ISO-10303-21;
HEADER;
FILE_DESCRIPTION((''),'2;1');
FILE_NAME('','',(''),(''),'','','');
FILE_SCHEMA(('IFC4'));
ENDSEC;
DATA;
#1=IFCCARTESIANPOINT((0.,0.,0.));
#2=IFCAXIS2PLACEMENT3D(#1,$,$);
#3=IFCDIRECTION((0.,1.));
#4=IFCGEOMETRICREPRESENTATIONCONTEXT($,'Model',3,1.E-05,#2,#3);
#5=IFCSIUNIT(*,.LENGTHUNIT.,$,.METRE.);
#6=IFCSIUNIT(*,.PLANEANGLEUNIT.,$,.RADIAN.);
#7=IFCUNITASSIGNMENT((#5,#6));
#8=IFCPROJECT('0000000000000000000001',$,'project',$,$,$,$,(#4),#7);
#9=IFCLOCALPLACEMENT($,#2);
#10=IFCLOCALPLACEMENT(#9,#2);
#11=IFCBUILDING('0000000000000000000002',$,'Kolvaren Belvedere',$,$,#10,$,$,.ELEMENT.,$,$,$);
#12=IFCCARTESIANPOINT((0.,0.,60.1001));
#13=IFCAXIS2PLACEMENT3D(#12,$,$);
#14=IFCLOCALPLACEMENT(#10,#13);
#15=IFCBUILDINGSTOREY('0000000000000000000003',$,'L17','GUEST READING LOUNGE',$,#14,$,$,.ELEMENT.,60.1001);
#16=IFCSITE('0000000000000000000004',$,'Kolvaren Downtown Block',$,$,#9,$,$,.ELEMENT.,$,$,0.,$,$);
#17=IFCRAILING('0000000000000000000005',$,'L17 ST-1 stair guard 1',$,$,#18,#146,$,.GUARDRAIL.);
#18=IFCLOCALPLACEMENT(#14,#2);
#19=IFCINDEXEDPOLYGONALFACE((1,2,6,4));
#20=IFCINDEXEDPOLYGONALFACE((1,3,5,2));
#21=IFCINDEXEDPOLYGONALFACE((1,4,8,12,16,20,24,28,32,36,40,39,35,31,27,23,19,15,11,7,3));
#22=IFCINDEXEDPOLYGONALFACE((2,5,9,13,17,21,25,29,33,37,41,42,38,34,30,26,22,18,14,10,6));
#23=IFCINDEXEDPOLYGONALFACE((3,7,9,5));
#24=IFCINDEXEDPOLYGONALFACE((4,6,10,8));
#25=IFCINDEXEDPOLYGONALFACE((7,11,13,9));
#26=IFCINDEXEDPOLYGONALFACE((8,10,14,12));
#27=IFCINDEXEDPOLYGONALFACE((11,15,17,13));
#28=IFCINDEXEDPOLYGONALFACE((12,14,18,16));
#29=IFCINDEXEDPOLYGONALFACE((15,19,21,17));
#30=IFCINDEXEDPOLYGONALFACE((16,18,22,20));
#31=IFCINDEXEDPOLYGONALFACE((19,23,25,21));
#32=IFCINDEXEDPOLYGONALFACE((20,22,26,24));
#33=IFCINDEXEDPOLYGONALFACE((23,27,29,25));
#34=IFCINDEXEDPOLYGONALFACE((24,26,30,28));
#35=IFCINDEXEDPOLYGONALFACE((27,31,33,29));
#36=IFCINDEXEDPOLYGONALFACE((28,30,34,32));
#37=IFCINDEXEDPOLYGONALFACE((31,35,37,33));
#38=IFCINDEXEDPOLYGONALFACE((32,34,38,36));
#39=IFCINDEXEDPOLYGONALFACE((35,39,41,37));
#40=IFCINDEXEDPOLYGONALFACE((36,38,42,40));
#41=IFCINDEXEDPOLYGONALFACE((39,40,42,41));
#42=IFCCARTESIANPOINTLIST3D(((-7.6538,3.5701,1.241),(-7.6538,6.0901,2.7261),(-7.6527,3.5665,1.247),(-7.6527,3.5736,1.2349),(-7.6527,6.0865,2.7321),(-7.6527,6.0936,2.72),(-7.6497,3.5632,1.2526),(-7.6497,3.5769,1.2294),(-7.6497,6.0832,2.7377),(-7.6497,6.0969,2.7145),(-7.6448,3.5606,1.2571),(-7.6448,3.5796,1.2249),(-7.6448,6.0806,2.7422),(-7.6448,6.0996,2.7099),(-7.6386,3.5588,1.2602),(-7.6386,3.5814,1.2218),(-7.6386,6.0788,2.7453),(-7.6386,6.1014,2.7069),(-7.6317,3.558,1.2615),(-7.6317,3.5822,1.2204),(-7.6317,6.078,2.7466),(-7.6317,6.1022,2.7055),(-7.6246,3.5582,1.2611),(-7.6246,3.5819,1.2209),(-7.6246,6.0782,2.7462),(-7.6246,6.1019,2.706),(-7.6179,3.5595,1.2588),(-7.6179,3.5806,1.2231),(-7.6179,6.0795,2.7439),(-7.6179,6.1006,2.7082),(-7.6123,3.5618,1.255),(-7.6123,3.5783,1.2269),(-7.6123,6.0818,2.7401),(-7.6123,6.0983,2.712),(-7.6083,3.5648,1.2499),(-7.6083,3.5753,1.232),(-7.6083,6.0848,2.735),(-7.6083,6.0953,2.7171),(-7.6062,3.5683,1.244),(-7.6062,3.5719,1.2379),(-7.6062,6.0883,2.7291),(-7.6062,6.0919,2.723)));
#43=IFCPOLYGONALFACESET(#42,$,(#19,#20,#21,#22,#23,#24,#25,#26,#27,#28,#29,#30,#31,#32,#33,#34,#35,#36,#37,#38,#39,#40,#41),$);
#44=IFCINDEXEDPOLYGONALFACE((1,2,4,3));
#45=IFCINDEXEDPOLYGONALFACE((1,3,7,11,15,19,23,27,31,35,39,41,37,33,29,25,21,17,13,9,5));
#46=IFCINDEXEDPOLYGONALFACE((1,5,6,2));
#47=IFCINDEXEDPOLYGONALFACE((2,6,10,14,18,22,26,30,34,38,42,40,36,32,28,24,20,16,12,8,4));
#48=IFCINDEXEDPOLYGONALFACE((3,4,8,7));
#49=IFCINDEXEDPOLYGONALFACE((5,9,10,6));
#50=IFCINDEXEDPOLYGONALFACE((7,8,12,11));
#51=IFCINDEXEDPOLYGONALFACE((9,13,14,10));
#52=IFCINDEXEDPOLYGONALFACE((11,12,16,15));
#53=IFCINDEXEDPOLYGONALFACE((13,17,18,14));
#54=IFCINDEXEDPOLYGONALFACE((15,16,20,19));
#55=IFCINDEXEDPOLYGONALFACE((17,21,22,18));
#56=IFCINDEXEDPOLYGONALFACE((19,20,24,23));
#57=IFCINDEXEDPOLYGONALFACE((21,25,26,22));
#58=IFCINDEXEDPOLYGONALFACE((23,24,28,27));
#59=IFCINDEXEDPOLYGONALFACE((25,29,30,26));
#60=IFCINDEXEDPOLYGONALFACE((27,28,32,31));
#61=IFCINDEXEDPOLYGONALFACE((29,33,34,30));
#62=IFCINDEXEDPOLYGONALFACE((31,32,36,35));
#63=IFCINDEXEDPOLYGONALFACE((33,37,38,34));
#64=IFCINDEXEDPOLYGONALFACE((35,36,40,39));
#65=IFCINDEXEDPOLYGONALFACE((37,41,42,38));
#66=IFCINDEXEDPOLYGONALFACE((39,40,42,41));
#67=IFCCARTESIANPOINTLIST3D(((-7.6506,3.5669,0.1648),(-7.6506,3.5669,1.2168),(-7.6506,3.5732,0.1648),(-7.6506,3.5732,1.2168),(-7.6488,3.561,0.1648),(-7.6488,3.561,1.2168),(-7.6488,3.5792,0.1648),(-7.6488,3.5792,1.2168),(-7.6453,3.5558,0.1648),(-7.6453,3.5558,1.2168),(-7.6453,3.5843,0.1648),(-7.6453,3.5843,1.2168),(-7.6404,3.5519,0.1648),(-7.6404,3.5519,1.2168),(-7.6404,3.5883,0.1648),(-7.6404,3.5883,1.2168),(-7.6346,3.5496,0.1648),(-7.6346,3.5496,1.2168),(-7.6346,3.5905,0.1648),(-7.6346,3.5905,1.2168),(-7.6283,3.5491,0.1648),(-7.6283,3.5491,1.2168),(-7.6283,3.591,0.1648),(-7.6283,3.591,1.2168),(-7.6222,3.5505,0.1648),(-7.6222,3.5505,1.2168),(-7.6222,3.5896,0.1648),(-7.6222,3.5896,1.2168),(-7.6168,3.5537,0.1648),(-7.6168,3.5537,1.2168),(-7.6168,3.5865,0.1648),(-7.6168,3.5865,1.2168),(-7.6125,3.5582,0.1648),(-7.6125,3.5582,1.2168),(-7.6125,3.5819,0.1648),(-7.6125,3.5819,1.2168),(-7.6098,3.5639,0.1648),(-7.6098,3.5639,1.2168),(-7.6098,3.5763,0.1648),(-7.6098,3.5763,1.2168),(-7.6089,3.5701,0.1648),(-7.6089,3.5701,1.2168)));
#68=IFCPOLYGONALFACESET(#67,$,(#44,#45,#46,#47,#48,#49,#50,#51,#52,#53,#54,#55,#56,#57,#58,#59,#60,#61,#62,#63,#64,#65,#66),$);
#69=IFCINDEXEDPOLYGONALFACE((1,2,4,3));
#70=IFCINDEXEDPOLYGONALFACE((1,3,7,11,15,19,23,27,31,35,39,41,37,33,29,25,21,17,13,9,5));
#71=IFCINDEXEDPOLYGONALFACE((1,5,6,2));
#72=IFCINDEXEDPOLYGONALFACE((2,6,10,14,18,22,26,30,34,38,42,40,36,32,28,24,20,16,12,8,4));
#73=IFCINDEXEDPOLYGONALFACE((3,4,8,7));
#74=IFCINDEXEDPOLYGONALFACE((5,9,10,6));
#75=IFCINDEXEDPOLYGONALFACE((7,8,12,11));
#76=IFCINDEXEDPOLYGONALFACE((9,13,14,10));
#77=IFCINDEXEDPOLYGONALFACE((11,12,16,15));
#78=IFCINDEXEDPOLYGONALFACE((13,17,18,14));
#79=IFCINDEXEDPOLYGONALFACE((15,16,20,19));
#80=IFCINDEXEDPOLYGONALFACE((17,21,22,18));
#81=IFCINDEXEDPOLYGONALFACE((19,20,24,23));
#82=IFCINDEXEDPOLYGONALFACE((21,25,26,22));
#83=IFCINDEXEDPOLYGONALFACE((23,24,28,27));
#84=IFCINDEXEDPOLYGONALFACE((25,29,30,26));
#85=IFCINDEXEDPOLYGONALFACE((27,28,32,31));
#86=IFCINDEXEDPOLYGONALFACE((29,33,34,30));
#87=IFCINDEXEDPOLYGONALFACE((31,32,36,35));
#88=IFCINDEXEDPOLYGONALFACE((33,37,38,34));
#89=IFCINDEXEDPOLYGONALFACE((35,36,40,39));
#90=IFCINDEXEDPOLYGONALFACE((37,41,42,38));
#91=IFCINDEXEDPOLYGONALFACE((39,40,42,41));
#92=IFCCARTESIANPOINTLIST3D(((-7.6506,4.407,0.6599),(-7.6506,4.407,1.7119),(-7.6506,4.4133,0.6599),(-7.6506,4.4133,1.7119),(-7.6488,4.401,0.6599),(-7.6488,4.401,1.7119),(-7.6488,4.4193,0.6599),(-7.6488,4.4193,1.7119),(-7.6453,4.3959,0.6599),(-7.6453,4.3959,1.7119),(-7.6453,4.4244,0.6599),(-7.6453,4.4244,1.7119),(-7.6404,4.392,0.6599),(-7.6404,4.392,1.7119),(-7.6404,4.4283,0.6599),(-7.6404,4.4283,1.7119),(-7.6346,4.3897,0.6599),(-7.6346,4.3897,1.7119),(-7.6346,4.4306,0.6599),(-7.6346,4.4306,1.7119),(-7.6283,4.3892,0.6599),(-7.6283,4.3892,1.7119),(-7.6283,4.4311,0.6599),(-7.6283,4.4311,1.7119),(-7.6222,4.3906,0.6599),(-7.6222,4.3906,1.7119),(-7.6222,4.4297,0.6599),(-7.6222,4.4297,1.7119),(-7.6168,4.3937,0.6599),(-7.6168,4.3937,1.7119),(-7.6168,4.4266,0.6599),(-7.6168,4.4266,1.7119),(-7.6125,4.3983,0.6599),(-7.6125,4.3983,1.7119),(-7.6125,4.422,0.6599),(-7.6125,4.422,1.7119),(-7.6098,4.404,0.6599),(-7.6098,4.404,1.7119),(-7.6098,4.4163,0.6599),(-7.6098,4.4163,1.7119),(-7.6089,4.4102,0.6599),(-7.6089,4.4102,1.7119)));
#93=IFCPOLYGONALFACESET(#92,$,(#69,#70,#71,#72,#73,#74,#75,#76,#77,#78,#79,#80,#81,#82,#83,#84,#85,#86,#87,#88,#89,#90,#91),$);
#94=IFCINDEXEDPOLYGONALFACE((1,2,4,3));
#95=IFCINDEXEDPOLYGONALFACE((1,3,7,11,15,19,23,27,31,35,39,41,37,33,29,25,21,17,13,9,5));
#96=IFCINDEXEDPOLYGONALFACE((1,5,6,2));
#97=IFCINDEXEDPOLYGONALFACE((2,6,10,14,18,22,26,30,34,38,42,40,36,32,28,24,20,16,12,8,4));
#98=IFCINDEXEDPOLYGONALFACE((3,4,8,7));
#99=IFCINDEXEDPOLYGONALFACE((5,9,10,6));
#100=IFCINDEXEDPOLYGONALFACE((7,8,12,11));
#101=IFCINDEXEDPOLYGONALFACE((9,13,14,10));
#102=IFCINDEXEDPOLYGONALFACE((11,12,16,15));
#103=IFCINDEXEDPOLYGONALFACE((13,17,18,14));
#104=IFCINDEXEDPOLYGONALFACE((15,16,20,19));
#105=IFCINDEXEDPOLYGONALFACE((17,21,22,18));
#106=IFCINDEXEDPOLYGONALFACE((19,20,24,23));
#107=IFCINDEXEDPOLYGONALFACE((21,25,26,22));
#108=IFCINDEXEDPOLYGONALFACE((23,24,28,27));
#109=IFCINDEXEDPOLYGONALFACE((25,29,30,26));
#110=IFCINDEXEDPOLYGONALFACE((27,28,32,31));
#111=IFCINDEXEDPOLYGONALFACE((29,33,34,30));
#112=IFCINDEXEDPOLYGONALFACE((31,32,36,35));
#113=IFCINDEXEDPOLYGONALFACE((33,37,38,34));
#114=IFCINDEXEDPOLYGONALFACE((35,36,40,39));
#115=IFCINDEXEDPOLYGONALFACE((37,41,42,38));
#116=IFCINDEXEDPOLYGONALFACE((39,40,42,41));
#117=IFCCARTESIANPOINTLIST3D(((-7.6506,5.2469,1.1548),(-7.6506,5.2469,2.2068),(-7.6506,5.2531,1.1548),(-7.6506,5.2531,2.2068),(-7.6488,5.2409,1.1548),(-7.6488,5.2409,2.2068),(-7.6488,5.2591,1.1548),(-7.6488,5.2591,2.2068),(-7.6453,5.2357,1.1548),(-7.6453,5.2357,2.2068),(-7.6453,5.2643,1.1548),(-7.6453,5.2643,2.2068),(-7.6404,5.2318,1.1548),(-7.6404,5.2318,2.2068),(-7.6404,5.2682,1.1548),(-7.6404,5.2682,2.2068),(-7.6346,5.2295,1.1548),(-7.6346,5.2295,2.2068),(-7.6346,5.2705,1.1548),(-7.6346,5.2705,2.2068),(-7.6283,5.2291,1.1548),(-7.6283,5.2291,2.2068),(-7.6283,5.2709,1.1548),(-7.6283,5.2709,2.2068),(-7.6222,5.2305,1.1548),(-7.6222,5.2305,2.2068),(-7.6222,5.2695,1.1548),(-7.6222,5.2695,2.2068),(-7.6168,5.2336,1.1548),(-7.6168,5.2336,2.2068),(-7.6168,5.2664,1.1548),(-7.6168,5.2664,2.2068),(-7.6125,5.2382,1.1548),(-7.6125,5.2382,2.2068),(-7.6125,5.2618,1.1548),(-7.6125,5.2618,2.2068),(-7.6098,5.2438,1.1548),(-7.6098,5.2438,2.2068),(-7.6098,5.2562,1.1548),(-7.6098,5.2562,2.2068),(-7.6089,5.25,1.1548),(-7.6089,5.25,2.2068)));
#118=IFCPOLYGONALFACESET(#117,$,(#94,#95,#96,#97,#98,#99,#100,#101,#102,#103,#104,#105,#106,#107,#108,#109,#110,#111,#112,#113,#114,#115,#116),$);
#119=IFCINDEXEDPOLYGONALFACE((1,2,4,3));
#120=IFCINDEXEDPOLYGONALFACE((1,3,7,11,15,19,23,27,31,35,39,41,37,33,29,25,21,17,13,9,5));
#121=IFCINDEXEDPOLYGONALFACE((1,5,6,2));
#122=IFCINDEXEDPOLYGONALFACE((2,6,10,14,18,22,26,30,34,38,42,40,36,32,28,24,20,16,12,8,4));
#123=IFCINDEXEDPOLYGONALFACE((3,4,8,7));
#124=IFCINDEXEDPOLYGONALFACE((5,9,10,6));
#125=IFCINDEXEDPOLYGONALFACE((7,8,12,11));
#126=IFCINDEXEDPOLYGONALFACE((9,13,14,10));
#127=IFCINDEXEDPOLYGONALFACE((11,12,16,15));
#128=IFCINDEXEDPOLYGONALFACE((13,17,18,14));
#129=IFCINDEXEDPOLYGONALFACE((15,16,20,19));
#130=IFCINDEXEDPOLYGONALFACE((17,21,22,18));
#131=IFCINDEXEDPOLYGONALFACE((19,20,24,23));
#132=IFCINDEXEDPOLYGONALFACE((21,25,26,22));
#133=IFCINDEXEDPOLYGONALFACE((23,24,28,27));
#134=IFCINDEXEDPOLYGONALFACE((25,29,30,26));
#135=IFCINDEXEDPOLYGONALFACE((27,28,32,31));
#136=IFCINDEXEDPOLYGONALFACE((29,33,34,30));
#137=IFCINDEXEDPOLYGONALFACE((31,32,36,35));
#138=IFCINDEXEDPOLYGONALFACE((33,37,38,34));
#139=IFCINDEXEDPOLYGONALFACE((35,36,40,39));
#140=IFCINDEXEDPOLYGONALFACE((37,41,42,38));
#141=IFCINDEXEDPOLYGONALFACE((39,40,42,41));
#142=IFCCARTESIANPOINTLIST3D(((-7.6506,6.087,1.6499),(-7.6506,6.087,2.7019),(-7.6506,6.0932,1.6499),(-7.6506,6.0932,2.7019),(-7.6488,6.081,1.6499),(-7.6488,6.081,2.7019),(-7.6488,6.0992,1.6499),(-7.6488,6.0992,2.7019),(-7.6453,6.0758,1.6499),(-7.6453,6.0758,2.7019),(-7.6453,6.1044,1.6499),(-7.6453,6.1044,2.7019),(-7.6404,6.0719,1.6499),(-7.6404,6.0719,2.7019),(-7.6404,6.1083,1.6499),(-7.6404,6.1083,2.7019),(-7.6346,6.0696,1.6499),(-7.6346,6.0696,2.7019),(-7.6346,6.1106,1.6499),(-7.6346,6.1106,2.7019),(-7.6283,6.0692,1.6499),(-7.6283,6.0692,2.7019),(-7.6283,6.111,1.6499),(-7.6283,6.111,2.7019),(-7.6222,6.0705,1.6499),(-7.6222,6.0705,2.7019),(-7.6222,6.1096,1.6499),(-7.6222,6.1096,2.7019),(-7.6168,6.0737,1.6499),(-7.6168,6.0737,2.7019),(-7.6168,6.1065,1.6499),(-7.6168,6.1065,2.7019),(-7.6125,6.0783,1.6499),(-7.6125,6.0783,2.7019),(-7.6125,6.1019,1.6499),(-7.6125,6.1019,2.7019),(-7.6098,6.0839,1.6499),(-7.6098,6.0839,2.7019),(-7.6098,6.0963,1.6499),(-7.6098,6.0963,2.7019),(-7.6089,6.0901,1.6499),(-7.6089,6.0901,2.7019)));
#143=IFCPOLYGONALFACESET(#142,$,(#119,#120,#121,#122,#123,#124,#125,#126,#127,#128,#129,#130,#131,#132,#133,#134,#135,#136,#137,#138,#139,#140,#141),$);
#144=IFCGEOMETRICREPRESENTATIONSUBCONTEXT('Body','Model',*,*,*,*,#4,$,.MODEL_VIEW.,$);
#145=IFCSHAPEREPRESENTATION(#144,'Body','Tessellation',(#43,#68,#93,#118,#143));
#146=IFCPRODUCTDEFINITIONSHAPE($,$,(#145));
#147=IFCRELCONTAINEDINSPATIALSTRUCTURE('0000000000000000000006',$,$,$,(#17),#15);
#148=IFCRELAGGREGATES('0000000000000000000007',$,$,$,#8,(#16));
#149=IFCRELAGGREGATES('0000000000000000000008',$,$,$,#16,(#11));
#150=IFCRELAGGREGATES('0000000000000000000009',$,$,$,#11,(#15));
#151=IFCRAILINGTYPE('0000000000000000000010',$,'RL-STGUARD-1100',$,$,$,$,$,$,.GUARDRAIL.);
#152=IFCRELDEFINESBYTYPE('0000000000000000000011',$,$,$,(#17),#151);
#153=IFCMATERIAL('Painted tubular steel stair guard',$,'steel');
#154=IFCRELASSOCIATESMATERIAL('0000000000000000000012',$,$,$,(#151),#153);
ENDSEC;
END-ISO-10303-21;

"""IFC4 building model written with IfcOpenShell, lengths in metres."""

from ifc_helpers import new_model, si_unit, direction, frame, origin, origin_2d, place, context, subcontext, project, spatial, circle, extrude, material, type_object, element, save


model = new_model("IFC4")

# Units and contexts
model_context = context("Model", 3, precision=1e-05, world=origin(), true_north=direction((0.0, 1.0)))
body_context = subcontext(model_context, "Body", "Model", "MODEL_VIEW")
ifc_project = project(units=[si_unit("LENGTHUNIT", "METRE"), si_unit("PLANEANGLEUNIT", "RADIAN")], contexts=[model_context])

# Site, building, storey
site_placement = place(None, origin())
site = spatial("IfcSite", under=ifc_project, at=site_placement, Name="Kolvaren Downtown Block", CompositionType="ELEMENT", RefElevation=0.0)
building_placement = place(site_placement, origin())
building = spatial("IfcBuilding", under=site, at=building_placement, Name="Kolvaren Belvedere", CompositionType="ELEMENT")
storey_placement = place(building_placement, frame((0.0, 0.0, 60.1001)))
storey = spatial("IfcBuildingStorey", under=building, at=storey_placement, Name="L17", Description="GUEST READING LOUNGE", CompositionType="ELEMENT", Elevation=60.1001)

# Railing
ifc_material_1 = material(Name="Painted tubular steel stair guard", Category="steel")
railing_type_1 = type_object("IfcRailingType", Name="RL-STGUARD-1100", PredefinedType="GUARDRAIL", material=ifc_material_1)
railing_1_placement = place(storey_placement, frame((-7.6299, 3.5701, 0.1648)))
element("IfcRailing", 1, at=railing_1_placement, inside=storey, type_object=railing_type_1, Name="L17 ST-1 stair guard 1", PredefinedType="GUARDRAIL", context=body_context, shape_type="SweptSolid", body=[
    extrude(circle(Radius=0.0239, at=origin_2d()), frame((0.0, 0.0, 1.0762), z_axis=(0.0, 0.861524, 0.507717), x_axis=(-1.0, 0.0, 0.0)), (0.0, 0.0, 1.0), 2.925),
    extrude(circle(Radius=0.021, at=origin_2d()), origin(), (0.0, 0.0, 1.0), 1.052),
    extrude(circle(Radius=0.021, at=origin_2d()), frame((0.0, 0.8401, 0.4951)), (0.0, 0.0, 1.0), 1.052),
    extrude(circle(Radius=0.021, at=origin_2d()), frame((0.0, 1.6799, 0.99)), (0.0, 0.0, 1.0), 1.052),
    extrude(circle(Radius=0.021, at=origin_2d()), frame((0.0, 2.52, 1.4851)), (0.0, 0.0, 1.0), 1.052),
])

save(model, "model.ifc")
